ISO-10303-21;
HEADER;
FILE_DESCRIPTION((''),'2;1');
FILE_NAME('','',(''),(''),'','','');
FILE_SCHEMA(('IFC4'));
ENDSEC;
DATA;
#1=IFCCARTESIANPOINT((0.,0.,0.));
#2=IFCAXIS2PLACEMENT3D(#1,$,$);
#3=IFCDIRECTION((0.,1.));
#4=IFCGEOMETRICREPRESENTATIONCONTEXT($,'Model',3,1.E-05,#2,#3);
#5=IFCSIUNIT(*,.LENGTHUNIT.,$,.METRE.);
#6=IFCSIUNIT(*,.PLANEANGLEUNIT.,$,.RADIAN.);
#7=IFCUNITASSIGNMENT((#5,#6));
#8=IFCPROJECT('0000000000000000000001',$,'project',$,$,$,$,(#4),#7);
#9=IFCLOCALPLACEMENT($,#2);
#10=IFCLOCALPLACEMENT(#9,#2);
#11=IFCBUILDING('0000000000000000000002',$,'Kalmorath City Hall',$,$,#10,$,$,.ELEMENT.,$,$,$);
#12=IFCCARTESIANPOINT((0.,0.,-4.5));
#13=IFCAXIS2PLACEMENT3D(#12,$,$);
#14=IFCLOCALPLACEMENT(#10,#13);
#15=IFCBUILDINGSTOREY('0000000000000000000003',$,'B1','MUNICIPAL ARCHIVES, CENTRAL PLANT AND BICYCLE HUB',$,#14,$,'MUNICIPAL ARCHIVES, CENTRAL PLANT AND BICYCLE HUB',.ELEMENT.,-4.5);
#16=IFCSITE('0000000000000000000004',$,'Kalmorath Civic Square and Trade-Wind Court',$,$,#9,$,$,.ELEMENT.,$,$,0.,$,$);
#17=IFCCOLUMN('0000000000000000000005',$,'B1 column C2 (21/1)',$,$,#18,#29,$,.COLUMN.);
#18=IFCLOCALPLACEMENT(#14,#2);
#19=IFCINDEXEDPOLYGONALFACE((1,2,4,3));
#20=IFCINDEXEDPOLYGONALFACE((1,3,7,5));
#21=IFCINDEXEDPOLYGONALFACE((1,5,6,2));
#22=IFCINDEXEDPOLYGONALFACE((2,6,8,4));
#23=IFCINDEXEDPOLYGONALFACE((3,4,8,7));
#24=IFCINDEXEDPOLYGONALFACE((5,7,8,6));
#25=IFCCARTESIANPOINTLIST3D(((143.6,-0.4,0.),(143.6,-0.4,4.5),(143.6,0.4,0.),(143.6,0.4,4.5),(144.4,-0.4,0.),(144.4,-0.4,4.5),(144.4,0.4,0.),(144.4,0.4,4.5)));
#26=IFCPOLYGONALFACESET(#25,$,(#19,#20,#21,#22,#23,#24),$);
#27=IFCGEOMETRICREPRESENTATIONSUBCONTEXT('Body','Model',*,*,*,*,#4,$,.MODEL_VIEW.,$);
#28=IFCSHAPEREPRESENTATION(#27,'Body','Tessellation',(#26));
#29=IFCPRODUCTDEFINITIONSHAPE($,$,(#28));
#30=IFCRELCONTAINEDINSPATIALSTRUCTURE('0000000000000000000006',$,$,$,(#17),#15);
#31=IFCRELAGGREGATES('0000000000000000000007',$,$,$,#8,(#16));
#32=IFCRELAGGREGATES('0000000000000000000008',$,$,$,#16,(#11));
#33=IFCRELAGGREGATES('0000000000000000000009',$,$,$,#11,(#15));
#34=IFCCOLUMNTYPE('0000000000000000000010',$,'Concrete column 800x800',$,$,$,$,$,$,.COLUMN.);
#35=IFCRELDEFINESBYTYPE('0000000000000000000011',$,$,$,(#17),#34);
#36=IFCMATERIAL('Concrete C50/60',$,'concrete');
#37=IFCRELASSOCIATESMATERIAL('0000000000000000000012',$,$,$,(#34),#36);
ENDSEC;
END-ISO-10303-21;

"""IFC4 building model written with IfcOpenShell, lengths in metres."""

from ifc_helpers import new_model, si_unit, direction, frame, origin, origin_2d, place, context, subcontext, project, spatial, rectangle, extrude, material, material_profile, profile_set, type_object, element, save


model = new_model("IFC4")

# Units and contexts
model_context = context("Model", 3, precision=1e-05, world=origin(), true_north=direction((0.0, 1.0)))
body_context = subcontext(model_context, "Body", "Model", "MODEL_VIEW")
ifc_project = project(units=[si_unit("LENGTHUNIT", "METRE"), si_unit("PLANEANGLEUNIT", "RADIAN")], contexts=[model_context])

# Site, building, storey
site_placement = place(None, origin())
site = spatial("IfcSite", under=ifc_project, at=site_placement, Name="Kalmorath Civic Square and Trade-Wind Court", CompositionType="ELEMENT", RefElevation=0.0)
building_placement = place(site_placement, origin())
building = spatial("IfcBuilding", under=site, at=building_placement, Name="Kalmorath City Hall", CompositionType="ELEMENT")
storey_placement = place(building_placement, frame((0.0, 0.0, -4.5)))
storey = spatial("IfcBuildingStorey", under=building, at=storey_placement, Name="B1", Description="MUNICIPAL ARCHIVES, CENTRAL PLANT AND BICYCLE HUB", LongName="MUNICIPAL ARCHIVES, CENTRAL PLANT AND BICYCLE HUB", CompositionType="ELEMENT", Elevation=-4.5)

# Column
ifc_material_1 = material(Name="Concrete C50/60", Category="concrete")
ifc_material_profile_1 = material_profile(ifc_material_1, rectangle(XDim=0.8, YDim=0.8, at=origin_2d()), Name="RC-COL-800X800")
ifc_profile_set_1 = profile_set([ifc_material_profile_1], Name="Concrete C50/60")
column_type_1 = type_object("IfcColumnType", Name="Concrete column 800x800", PredefinedType="COLUMN", material=ifc_profile_set_1)
for number, where, z_axis, x_axis, name in (
    (1, (144.0, 0.0, 0.0), (0.0, 0.0, 1.0), (1.0, 0.0, 0.0), "B1 column C2 (21/1)"),
):
    element("IfcColumn", number, at=place(storey_placement, frame(where, z_axis=z_axis, x_axis=x_axis)), inside=storey, type_object=column_type_1, Name=name, PredefinedType="COLUMN", context=body_context, shape_type="SweptSolid", body=[
        extrude(rectangle(XDim=0.8, YDim=0.8, at=origin_2d()), origin(), (0.0, 0.0, 1.0), 4.5),
    ])

save(model, "model.ifc")
